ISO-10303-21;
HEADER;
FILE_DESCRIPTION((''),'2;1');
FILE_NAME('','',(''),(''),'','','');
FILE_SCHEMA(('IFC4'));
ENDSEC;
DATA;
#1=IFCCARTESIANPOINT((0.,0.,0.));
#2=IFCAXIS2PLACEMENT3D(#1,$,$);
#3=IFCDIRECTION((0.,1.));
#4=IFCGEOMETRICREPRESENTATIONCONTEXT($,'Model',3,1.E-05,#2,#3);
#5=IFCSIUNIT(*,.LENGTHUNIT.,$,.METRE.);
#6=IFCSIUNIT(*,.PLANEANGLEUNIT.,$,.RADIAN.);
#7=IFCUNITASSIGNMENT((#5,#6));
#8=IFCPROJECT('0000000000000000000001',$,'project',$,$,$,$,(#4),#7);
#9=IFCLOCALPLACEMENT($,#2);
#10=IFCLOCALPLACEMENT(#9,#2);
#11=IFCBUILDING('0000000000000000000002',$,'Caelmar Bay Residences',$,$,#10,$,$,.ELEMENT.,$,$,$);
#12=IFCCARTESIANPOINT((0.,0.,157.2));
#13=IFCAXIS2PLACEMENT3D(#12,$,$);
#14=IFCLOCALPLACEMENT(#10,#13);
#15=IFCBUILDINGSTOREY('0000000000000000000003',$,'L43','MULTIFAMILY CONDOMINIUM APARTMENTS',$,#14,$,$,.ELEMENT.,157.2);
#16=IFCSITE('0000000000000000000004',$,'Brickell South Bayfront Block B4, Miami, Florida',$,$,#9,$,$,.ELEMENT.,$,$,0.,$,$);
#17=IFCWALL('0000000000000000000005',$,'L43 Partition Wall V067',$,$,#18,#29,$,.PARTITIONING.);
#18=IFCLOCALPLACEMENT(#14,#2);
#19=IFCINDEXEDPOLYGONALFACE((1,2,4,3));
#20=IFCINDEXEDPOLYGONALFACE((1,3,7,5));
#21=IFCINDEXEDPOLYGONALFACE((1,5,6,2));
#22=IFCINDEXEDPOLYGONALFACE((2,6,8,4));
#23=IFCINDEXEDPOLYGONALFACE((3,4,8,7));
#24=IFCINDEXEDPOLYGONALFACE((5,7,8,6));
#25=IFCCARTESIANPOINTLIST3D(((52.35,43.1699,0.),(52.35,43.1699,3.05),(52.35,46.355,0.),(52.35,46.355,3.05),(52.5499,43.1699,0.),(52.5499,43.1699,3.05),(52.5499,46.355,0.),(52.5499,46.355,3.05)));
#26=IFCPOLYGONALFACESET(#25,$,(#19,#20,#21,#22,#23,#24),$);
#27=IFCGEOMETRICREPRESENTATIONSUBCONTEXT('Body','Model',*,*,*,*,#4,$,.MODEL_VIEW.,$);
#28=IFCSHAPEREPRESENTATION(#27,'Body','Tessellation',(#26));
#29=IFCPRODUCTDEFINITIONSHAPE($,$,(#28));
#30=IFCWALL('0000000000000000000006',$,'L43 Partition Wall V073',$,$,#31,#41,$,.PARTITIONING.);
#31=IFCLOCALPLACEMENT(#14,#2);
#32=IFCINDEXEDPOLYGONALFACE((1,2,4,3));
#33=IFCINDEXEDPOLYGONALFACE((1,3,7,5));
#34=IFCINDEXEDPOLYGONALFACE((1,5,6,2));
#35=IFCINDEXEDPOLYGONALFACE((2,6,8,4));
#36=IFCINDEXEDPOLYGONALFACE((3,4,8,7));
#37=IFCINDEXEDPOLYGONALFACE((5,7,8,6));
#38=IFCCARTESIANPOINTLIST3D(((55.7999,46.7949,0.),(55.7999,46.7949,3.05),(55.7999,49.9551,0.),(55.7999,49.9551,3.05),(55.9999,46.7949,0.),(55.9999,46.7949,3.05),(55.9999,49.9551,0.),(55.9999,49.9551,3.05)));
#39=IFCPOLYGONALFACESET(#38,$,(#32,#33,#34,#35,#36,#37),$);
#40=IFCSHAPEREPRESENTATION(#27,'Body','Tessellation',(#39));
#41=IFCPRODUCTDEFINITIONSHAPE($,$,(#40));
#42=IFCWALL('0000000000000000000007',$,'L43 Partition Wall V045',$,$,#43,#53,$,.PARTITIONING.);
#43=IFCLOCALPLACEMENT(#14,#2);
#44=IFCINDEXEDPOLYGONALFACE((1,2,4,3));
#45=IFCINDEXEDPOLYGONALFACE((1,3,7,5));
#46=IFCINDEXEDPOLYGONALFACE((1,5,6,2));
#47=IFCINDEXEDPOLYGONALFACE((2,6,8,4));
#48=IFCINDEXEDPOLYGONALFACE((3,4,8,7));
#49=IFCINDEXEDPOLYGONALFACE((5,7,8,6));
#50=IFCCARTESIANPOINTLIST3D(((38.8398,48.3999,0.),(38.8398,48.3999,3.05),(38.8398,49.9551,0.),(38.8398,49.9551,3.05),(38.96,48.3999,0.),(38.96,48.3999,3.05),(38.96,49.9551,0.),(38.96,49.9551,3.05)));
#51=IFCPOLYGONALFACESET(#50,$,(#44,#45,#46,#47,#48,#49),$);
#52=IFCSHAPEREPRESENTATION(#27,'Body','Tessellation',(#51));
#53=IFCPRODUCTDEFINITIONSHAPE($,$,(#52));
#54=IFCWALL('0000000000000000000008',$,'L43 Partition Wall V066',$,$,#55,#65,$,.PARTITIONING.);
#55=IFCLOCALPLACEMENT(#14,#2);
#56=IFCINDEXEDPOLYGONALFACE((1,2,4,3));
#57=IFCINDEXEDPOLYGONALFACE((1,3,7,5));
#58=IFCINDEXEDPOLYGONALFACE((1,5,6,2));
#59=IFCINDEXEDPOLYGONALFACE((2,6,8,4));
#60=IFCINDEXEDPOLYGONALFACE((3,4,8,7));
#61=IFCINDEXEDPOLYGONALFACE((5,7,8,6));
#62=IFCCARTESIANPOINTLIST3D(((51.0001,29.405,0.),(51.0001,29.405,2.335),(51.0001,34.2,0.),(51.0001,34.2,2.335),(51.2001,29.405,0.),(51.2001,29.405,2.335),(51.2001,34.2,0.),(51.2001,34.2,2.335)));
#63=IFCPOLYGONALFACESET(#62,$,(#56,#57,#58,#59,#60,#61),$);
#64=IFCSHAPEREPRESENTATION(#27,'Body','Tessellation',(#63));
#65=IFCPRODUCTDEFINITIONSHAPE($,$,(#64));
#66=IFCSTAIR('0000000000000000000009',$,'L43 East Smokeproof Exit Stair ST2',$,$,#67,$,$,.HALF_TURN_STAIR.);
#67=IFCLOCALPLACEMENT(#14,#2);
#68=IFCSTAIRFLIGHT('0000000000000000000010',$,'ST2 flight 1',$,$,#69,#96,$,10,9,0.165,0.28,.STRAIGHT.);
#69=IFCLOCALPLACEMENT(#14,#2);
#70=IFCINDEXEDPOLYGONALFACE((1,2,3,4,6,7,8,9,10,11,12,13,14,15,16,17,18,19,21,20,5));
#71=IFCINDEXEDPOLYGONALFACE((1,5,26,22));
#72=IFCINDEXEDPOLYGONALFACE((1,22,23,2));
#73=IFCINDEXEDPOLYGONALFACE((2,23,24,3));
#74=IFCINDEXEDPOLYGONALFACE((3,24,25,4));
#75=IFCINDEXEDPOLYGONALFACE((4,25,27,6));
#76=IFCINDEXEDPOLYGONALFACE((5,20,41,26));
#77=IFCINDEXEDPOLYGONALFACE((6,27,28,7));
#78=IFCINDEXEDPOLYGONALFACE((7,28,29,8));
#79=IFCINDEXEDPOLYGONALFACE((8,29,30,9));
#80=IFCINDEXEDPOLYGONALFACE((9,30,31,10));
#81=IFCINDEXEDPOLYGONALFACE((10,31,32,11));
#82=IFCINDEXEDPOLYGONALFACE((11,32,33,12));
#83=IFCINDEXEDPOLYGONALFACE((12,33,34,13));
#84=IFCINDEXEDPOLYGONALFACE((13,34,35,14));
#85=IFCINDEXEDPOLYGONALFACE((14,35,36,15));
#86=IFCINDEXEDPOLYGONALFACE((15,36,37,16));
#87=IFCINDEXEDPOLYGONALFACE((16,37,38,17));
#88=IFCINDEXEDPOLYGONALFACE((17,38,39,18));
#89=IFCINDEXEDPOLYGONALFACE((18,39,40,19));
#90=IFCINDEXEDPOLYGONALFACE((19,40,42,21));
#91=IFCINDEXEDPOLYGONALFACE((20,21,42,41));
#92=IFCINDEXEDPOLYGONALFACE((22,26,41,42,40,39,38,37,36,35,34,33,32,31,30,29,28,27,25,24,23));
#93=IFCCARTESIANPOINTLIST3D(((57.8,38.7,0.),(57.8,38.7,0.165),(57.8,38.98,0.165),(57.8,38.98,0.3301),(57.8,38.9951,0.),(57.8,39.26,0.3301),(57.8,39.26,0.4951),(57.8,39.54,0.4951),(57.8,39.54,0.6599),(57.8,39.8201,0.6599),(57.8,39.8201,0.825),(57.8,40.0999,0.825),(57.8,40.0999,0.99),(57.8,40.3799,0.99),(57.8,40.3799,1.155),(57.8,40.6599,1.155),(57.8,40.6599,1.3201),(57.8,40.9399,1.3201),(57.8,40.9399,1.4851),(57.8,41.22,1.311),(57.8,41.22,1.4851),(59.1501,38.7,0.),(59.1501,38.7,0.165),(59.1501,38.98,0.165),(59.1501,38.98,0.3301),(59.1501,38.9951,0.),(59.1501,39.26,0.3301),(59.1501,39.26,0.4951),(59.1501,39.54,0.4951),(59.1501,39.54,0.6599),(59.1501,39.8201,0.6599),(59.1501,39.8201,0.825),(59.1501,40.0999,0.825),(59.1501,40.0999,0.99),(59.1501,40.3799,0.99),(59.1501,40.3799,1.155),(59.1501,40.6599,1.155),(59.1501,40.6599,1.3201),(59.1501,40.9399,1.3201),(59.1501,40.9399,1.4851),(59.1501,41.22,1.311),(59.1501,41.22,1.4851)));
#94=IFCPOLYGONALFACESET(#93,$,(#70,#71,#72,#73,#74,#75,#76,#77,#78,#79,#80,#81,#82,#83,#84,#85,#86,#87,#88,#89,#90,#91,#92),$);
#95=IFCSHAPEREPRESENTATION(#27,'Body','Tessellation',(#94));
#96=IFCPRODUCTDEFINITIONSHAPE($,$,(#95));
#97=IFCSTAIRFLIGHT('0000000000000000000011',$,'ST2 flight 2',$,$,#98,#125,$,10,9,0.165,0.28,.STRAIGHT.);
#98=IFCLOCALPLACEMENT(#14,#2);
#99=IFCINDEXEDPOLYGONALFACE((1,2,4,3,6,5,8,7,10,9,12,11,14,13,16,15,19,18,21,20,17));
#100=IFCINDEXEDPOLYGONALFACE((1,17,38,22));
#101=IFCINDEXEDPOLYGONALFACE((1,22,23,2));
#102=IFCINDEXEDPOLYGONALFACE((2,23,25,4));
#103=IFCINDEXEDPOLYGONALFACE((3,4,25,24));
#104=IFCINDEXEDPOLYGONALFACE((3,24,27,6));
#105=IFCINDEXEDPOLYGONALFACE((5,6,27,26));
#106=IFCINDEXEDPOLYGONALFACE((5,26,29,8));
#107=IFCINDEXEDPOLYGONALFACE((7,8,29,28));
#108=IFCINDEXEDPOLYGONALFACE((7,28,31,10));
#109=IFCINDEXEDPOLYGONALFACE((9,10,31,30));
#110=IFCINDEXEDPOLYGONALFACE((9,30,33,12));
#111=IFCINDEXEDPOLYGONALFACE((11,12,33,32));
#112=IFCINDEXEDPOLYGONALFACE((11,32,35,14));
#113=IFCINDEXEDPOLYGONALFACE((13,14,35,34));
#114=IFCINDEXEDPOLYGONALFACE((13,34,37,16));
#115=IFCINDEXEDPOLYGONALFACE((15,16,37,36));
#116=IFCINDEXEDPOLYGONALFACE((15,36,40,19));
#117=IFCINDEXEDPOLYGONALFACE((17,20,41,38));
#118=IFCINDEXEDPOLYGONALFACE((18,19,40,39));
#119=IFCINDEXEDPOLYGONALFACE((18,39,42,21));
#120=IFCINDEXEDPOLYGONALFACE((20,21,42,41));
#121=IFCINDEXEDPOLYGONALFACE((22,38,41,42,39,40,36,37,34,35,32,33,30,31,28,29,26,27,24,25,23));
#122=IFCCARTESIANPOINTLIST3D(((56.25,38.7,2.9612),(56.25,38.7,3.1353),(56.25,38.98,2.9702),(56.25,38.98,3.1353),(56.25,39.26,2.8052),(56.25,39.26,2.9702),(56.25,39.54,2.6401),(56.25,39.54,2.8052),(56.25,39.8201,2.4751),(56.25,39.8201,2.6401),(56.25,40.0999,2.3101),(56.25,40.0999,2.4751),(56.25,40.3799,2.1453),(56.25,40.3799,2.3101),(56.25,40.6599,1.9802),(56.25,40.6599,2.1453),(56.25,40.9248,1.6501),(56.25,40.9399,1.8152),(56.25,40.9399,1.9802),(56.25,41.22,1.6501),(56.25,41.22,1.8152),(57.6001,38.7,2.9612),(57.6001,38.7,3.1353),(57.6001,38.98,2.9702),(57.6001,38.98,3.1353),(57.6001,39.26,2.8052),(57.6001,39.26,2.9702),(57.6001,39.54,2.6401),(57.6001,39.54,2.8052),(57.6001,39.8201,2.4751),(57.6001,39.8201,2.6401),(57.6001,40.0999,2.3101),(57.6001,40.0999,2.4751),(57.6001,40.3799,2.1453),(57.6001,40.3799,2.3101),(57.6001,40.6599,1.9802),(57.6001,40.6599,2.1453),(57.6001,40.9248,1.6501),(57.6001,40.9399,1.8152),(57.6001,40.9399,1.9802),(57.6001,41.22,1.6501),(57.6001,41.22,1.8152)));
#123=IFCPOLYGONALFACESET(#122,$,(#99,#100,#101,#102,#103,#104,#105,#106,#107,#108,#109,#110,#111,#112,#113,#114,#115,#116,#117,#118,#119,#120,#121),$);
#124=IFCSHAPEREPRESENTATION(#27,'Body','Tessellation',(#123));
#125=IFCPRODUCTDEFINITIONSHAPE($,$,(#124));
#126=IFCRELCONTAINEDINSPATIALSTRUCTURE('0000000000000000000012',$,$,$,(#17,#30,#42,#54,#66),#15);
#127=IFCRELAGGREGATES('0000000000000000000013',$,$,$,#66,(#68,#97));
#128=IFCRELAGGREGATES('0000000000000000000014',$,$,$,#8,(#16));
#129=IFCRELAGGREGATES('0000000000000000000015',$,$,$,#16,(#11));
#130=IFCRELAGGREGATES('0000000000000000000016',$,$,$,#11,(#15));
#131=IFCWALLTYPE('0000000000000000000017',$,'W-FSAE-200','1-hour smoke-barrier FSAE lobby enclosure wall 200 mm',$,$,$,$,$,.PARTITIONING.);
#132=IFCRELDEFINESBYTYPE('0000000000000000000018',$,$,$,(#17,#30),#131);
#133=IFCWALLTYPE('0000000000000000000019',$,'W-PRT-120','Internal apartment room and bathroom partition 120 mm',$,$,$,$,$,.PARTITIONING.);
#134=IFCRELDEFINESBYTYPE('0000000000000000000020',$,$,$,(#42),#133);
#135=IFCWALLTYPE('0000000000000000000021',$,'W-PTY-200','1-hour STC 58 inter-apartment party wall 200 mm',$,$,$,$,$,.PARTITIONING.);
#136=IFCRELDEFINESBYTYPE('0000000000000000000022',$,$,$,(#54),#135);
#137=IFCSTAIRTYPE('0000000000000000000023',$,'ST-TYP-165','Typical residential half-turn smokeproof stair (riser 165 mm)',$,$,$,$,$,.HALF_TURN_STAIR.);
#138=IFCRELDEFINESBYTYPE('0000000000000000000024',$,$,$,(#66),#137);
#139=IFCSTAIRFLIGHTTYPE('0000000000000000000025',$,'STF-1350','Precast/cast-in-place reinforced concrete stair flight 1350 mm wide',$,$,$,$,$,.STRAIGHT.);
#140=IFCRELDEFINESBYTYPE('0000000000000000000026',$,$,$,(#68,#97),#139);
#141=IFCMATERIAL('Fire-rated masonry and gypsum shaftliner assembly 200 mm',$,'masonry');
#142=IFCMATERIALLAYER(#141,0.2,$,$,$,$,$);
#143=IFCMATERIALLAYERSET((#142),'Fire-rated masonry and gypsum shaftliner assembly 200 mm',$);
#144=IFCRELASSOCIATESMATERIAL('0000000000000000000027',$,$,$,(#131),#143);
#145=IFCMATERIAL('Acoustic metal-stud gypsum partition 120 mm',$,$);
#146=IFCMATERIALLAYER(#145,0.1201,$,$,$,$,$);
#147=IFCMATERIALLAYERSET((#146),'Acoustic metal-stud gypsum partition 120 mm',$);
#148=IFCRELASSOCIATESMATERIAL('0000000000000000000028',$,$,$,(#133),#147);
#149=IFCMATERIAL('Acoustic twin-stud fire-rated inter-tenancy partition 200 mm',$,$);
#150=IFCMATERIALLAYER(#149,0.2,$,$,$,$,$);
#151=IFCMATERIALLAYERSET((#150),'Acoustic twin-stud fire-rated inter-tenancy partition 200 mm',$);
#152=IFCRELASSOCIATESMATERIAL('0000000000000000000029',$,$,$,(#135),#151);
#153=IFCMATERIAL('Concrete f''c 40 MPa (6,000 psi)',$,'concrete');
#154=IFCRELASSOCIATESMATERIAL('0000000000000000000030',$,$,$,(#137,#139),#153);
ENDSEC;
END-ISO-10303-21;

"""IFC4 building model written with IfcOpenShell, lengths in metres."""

from ifc_helpers import new_model, si_unit, direction, frame, frame_2d, origin, place, context, subcontext, project, spatial, polyline, rectangle, outline, extrude, material, layer, layer_set, type_object, element, aggregate, save


model = new_model("IFC4")

# Units and contexts
model_context = context("Model", 3, precision=1e-05, world=origin(), true_north=direction((0.0, 1.0)))
body_context = subcontext(model_context, "Body", "Model", "MODEL_VIEW")
ifc_project = project(units=[si_unit("LENGTHUNIT", "METRE"), si_unit("PLANEANGLEUNIT", "RADIAN")], contexts=[model_context])

# Site, building, storey
site_placement = place(None, origin())
site = spatial("IfcSite", under=ifc_project, at=site_placement, Name="Brickell South Bayfront Block B4, Miami, Florida", CompositionType="ELEMENT", RefElevation=0.0)
building_placement = place(site_placement, origin())
building = spatial("IfcBuilding", under=site, at=building_placement, Name="Caelmar Bay Residences", CompositionType="ELEMENT")
storey_placement = place(building_placement, frame((0.0, 0.0, 157.2)))
storey = spatial("IfcBuildingStorey", under=building, at=storey_placement, Name="L43", Description="MULTIFAMILY CONDOMINIUM APARTMENTS", CompositionType="ELEMENT", Elevation=157.2)

# Walls
ifc_material_1 = material(Name="Fire-rated masonry and gypsum shaftliner assembly 200 mm", Category="masonry")
ifc_layer_1 = layer(ifc_material_1, 0.2)
ifc_layer_set_1 = layer_set([ifc_layer_1], Name="Fire-rated masonry and gypsum shaftliner assembly 200 mm")
wall_type_1 = type_object("IfcWallType", Name="W-FSAE-200", Description="1-hour smoke-barrier FSAE lobby enclosure wall 200 mm", PredefinedType="PARTITIONING", material=ifc_layer_set_1)
for number, where, z_axis, x_axis, name in (
    (1, (52.45, 43.1699, 0.0), (0.0, 0.0, 1.0), (0.0, 1.0, 0.0), "L43 Partition Wall V067"),
):
    element("IfcWall", number, at=place(storey_placement, frame(where, z_axis=z_axis, x_axis=x_axis)), inside=storey, type_object=wall_type_1, Name=name, PredefinedType="PARTITIONING", context=body_context, shape_type="SweptSolid", body=[
        extrude(rectangle(XDim=3.1851, YDim=0.2, at=frame_2d((1.5925, 0.0))), origin(), (0.0, 0.0, 1.0), 3.05),
    ])
wall_1_placement = place(storey_placement, frame((55.8999, 46.7949, 0.0), z_axis=(0.0, 0.0, 1.0), x_axis=(0.0, 1.0, 0.0)))
element("IfcWall", 2, at=wall_1_placement, inside=storey, type_object=wall_type_1, Name="L43 Partition Wall V073", PredefinedType="PARTITIONING", context=body_context, shape_type="SweptSolid", body=[
    extrude(rectangle(XDim=3.1602, YDim=0.2, at=frame_2d((1.5801, 0.0))), origin(), (0.0, 0.0, 1.0), 3.05),
])
ifc_material_2 = material(Name="Acoustic metal-stud gypsum partition 120 mm")
ifc_layer_2 = layer(ifc_material_2, 0.1201)
ifc_layer_set_2 = layer_set([ifc_layer_2], Name="Acoustic metal-stud gypsum partition 120 mm")
wall_type_2 = type_object("IfcWallType", Name="W-PRT-120", Description="Internal apartment room and bathroom partition 120 mm", PredefinedType="PARTITIONING", material=ifc_layer_set_2)
wall_2_placement = place(storey_placement, frame((38.8999, 48.3999, 0.0), z_axis=(0.0, 0.0, 1.0), x_axis=(0.0, 1.0, 0.0)))
element("IfcWall", 3, at=wall_2_placement, inside=storey, type_object=wall_type_2, Name="L43 Partition Wall V045", PredefinedType="PARTITIONING", context=body_context, shape_type="SweptSolid", body=[
    extrude(rectangle(XDim=1.5552, YDim=0.1201, at=frame_2d((0.7776, 0.0))), origin(), (0.0, 0.0, 1.0), 3.05),
])
ifc_material_3 = material(Name="Acoustic twin-stud fire-rated inter-tenancy partition 200 mm")
ifc_layer_3 = layer(ifc_material_3, 0.2)
ifc_layer_set_3 = layer_set([ifc_layer_3], Name="Acoustic twin-stud fire-rated inter-tenancy partition 200 mm")
wall_type_3 = type_object("IfcWallType", Name="W-PTY-200", Description="1-hour STC 58 inter-apartment party wall 200 mm", PredefinedType="PARTITIONING", material=ifc_layer_set_3)
wall_3_placement = place(storey_placement, frame((51.1001, 29.405, 0.0), z_axis=(0.0, 0.0, 1.0), x_axis=(0.0, 1.0, 0.0)))
element("IfcWall", 4, at=wall_3_placement, inside=storey, type_object=wall_type_3, Name="L43 Partition Wall V066", PredefinedType="PARTITIONING", context=body_context, shape_type="SweptSolid", body=[
    extrude(rectangle(XDim=4.7949, YDim=0.2, at=frame_2d((2.3975, 0.0))), origin(), (0.0, 0.0, 1.0), 2.335),
])

# Stair, stair flights
ifc_material_4 = material(Name="Concrete f'c 40 MPa (6,000 psi)", Category="concrete")
stair_type = type_object("IfcStairType", Name="ST-TYP-165", Description="Typical residential half-turn smokeproof stair (riser 165 mm)", PredefinedType="HALF_TURN_STAIR", material=ifc_material_4)
stair_placement = place(storey_placement, origin())
stair = element("IfcStair", 5, at=stair_placement, inside=storey, type_object=stair_type, Name="L43 East Smokeproof Exit Stair ST2", PredefinedType="HALF_TURN_STAIR")
stair_flight_type = type_object("IfcStairFlightType", Name="STF-1350", Description="Precast/cast-in-place reinforced concrete stair flight 1350 mm wide", PredefinedType="STRAIGHT", material=ifc_material_4)
stair_flight_1_placement = place(storey_placement, frame((58.4751, 38.7, 0.0), z_axis=(0.0, 0.0, 1.0), x_axis=(0.0, 1.0, 0.0)))
stair_flight_1 = element("IfcStairFlight", 6, at=stair_flight_1_placement, type_object=stair_flight_type, Name="ST2 flight 1", NumberOfRisers=10, NumberOfTreads=9, PredefinedType="STRAIGHT", RiserHeight=0.165, TreadLength=0.28, context=body_context, shape_type="SweptSolid", body=[
    extrude(outline(polyline([(0.0, 0.0), (0.0, 0.165), (0.28, 0.165), (0.28, 0.3301), (0.5601, 0.3301), (0.5601, 0.4951), (0.8401, 0.4951), (0.8401, 0.6599), (1.1201, 0.6599), (1.1201, 0.825), (1.3999, 0.825), (1.3999, 0.99), (1.6799, 0.99), (1.6799, 1.155), (1.96, 1.155), (1.96, 1.3201), (2.24, 1.3201), (2.24, 1.4851), (2.52, 1.4851), (2.52, 1.6499), (2.52, 1.311), (0.2952, 0.0), (0.0, 0.0)])), frame((0.0, 0.675, 0.0), z_axis=(0.0, -1.0, 0.0), x_axis=(1.0, 0.0, 0.0)), (0.0, 0.0, 1.0), 1.3501),
])
stair_flight_2_placement = place(storey_placement, frame((56.925, 41.22, 1.6501), z_axis=(0.0, 0.0, 1.0), x_axis=(0.0, -1.0, 0.0)))
stair_flight_2 = element("IfcStairFlight", 7, at=stair_flight_2_placement, type_object=stair_flight_type, Name="ST2 flight 2", NumberOfRisers=10, NumberOfTreads=9, PredefinedType="STRAIGHT", RiserHeight=0.165, TreadLength=0.28, context=body_context, shape_type="SweptSolid", body=[
    extrude(outline(polyline([(0.0, 0.0), (0.0, 0.165), (0.28, 0.165), (0.28, 0.3301), (0.5601, 0.3301), (0.5601, 0.4951), (0.8401, 0.4951), (0.8401, 0.6599), (1.1201, 0.6599), (1.1201, 0.825), (1.3999, 0.825), (1.3999, 0.99), (1.6799, 0.99), (1.6799, 1.155), (1.96, 1.155), (1.96, 1.3201), (2.24, 1.3201), (2.24, 1.4851), (2.52, 1.4851), (2.52, 1.6499), (2.52, 1.311), (0.2952, 0.0), (0.0, 0.0)])), frame((0.0, 0.675, 0.0), z_axis=(0.0, -1.0, 0.0), x_axis=(1.0, 0.0, 0.0)), (0.0, 0.0, 1.0), 1.3501),
])
aggregate(stair, [stair_flight_1, stair_flight_2])

save(model, "model.ifc")
